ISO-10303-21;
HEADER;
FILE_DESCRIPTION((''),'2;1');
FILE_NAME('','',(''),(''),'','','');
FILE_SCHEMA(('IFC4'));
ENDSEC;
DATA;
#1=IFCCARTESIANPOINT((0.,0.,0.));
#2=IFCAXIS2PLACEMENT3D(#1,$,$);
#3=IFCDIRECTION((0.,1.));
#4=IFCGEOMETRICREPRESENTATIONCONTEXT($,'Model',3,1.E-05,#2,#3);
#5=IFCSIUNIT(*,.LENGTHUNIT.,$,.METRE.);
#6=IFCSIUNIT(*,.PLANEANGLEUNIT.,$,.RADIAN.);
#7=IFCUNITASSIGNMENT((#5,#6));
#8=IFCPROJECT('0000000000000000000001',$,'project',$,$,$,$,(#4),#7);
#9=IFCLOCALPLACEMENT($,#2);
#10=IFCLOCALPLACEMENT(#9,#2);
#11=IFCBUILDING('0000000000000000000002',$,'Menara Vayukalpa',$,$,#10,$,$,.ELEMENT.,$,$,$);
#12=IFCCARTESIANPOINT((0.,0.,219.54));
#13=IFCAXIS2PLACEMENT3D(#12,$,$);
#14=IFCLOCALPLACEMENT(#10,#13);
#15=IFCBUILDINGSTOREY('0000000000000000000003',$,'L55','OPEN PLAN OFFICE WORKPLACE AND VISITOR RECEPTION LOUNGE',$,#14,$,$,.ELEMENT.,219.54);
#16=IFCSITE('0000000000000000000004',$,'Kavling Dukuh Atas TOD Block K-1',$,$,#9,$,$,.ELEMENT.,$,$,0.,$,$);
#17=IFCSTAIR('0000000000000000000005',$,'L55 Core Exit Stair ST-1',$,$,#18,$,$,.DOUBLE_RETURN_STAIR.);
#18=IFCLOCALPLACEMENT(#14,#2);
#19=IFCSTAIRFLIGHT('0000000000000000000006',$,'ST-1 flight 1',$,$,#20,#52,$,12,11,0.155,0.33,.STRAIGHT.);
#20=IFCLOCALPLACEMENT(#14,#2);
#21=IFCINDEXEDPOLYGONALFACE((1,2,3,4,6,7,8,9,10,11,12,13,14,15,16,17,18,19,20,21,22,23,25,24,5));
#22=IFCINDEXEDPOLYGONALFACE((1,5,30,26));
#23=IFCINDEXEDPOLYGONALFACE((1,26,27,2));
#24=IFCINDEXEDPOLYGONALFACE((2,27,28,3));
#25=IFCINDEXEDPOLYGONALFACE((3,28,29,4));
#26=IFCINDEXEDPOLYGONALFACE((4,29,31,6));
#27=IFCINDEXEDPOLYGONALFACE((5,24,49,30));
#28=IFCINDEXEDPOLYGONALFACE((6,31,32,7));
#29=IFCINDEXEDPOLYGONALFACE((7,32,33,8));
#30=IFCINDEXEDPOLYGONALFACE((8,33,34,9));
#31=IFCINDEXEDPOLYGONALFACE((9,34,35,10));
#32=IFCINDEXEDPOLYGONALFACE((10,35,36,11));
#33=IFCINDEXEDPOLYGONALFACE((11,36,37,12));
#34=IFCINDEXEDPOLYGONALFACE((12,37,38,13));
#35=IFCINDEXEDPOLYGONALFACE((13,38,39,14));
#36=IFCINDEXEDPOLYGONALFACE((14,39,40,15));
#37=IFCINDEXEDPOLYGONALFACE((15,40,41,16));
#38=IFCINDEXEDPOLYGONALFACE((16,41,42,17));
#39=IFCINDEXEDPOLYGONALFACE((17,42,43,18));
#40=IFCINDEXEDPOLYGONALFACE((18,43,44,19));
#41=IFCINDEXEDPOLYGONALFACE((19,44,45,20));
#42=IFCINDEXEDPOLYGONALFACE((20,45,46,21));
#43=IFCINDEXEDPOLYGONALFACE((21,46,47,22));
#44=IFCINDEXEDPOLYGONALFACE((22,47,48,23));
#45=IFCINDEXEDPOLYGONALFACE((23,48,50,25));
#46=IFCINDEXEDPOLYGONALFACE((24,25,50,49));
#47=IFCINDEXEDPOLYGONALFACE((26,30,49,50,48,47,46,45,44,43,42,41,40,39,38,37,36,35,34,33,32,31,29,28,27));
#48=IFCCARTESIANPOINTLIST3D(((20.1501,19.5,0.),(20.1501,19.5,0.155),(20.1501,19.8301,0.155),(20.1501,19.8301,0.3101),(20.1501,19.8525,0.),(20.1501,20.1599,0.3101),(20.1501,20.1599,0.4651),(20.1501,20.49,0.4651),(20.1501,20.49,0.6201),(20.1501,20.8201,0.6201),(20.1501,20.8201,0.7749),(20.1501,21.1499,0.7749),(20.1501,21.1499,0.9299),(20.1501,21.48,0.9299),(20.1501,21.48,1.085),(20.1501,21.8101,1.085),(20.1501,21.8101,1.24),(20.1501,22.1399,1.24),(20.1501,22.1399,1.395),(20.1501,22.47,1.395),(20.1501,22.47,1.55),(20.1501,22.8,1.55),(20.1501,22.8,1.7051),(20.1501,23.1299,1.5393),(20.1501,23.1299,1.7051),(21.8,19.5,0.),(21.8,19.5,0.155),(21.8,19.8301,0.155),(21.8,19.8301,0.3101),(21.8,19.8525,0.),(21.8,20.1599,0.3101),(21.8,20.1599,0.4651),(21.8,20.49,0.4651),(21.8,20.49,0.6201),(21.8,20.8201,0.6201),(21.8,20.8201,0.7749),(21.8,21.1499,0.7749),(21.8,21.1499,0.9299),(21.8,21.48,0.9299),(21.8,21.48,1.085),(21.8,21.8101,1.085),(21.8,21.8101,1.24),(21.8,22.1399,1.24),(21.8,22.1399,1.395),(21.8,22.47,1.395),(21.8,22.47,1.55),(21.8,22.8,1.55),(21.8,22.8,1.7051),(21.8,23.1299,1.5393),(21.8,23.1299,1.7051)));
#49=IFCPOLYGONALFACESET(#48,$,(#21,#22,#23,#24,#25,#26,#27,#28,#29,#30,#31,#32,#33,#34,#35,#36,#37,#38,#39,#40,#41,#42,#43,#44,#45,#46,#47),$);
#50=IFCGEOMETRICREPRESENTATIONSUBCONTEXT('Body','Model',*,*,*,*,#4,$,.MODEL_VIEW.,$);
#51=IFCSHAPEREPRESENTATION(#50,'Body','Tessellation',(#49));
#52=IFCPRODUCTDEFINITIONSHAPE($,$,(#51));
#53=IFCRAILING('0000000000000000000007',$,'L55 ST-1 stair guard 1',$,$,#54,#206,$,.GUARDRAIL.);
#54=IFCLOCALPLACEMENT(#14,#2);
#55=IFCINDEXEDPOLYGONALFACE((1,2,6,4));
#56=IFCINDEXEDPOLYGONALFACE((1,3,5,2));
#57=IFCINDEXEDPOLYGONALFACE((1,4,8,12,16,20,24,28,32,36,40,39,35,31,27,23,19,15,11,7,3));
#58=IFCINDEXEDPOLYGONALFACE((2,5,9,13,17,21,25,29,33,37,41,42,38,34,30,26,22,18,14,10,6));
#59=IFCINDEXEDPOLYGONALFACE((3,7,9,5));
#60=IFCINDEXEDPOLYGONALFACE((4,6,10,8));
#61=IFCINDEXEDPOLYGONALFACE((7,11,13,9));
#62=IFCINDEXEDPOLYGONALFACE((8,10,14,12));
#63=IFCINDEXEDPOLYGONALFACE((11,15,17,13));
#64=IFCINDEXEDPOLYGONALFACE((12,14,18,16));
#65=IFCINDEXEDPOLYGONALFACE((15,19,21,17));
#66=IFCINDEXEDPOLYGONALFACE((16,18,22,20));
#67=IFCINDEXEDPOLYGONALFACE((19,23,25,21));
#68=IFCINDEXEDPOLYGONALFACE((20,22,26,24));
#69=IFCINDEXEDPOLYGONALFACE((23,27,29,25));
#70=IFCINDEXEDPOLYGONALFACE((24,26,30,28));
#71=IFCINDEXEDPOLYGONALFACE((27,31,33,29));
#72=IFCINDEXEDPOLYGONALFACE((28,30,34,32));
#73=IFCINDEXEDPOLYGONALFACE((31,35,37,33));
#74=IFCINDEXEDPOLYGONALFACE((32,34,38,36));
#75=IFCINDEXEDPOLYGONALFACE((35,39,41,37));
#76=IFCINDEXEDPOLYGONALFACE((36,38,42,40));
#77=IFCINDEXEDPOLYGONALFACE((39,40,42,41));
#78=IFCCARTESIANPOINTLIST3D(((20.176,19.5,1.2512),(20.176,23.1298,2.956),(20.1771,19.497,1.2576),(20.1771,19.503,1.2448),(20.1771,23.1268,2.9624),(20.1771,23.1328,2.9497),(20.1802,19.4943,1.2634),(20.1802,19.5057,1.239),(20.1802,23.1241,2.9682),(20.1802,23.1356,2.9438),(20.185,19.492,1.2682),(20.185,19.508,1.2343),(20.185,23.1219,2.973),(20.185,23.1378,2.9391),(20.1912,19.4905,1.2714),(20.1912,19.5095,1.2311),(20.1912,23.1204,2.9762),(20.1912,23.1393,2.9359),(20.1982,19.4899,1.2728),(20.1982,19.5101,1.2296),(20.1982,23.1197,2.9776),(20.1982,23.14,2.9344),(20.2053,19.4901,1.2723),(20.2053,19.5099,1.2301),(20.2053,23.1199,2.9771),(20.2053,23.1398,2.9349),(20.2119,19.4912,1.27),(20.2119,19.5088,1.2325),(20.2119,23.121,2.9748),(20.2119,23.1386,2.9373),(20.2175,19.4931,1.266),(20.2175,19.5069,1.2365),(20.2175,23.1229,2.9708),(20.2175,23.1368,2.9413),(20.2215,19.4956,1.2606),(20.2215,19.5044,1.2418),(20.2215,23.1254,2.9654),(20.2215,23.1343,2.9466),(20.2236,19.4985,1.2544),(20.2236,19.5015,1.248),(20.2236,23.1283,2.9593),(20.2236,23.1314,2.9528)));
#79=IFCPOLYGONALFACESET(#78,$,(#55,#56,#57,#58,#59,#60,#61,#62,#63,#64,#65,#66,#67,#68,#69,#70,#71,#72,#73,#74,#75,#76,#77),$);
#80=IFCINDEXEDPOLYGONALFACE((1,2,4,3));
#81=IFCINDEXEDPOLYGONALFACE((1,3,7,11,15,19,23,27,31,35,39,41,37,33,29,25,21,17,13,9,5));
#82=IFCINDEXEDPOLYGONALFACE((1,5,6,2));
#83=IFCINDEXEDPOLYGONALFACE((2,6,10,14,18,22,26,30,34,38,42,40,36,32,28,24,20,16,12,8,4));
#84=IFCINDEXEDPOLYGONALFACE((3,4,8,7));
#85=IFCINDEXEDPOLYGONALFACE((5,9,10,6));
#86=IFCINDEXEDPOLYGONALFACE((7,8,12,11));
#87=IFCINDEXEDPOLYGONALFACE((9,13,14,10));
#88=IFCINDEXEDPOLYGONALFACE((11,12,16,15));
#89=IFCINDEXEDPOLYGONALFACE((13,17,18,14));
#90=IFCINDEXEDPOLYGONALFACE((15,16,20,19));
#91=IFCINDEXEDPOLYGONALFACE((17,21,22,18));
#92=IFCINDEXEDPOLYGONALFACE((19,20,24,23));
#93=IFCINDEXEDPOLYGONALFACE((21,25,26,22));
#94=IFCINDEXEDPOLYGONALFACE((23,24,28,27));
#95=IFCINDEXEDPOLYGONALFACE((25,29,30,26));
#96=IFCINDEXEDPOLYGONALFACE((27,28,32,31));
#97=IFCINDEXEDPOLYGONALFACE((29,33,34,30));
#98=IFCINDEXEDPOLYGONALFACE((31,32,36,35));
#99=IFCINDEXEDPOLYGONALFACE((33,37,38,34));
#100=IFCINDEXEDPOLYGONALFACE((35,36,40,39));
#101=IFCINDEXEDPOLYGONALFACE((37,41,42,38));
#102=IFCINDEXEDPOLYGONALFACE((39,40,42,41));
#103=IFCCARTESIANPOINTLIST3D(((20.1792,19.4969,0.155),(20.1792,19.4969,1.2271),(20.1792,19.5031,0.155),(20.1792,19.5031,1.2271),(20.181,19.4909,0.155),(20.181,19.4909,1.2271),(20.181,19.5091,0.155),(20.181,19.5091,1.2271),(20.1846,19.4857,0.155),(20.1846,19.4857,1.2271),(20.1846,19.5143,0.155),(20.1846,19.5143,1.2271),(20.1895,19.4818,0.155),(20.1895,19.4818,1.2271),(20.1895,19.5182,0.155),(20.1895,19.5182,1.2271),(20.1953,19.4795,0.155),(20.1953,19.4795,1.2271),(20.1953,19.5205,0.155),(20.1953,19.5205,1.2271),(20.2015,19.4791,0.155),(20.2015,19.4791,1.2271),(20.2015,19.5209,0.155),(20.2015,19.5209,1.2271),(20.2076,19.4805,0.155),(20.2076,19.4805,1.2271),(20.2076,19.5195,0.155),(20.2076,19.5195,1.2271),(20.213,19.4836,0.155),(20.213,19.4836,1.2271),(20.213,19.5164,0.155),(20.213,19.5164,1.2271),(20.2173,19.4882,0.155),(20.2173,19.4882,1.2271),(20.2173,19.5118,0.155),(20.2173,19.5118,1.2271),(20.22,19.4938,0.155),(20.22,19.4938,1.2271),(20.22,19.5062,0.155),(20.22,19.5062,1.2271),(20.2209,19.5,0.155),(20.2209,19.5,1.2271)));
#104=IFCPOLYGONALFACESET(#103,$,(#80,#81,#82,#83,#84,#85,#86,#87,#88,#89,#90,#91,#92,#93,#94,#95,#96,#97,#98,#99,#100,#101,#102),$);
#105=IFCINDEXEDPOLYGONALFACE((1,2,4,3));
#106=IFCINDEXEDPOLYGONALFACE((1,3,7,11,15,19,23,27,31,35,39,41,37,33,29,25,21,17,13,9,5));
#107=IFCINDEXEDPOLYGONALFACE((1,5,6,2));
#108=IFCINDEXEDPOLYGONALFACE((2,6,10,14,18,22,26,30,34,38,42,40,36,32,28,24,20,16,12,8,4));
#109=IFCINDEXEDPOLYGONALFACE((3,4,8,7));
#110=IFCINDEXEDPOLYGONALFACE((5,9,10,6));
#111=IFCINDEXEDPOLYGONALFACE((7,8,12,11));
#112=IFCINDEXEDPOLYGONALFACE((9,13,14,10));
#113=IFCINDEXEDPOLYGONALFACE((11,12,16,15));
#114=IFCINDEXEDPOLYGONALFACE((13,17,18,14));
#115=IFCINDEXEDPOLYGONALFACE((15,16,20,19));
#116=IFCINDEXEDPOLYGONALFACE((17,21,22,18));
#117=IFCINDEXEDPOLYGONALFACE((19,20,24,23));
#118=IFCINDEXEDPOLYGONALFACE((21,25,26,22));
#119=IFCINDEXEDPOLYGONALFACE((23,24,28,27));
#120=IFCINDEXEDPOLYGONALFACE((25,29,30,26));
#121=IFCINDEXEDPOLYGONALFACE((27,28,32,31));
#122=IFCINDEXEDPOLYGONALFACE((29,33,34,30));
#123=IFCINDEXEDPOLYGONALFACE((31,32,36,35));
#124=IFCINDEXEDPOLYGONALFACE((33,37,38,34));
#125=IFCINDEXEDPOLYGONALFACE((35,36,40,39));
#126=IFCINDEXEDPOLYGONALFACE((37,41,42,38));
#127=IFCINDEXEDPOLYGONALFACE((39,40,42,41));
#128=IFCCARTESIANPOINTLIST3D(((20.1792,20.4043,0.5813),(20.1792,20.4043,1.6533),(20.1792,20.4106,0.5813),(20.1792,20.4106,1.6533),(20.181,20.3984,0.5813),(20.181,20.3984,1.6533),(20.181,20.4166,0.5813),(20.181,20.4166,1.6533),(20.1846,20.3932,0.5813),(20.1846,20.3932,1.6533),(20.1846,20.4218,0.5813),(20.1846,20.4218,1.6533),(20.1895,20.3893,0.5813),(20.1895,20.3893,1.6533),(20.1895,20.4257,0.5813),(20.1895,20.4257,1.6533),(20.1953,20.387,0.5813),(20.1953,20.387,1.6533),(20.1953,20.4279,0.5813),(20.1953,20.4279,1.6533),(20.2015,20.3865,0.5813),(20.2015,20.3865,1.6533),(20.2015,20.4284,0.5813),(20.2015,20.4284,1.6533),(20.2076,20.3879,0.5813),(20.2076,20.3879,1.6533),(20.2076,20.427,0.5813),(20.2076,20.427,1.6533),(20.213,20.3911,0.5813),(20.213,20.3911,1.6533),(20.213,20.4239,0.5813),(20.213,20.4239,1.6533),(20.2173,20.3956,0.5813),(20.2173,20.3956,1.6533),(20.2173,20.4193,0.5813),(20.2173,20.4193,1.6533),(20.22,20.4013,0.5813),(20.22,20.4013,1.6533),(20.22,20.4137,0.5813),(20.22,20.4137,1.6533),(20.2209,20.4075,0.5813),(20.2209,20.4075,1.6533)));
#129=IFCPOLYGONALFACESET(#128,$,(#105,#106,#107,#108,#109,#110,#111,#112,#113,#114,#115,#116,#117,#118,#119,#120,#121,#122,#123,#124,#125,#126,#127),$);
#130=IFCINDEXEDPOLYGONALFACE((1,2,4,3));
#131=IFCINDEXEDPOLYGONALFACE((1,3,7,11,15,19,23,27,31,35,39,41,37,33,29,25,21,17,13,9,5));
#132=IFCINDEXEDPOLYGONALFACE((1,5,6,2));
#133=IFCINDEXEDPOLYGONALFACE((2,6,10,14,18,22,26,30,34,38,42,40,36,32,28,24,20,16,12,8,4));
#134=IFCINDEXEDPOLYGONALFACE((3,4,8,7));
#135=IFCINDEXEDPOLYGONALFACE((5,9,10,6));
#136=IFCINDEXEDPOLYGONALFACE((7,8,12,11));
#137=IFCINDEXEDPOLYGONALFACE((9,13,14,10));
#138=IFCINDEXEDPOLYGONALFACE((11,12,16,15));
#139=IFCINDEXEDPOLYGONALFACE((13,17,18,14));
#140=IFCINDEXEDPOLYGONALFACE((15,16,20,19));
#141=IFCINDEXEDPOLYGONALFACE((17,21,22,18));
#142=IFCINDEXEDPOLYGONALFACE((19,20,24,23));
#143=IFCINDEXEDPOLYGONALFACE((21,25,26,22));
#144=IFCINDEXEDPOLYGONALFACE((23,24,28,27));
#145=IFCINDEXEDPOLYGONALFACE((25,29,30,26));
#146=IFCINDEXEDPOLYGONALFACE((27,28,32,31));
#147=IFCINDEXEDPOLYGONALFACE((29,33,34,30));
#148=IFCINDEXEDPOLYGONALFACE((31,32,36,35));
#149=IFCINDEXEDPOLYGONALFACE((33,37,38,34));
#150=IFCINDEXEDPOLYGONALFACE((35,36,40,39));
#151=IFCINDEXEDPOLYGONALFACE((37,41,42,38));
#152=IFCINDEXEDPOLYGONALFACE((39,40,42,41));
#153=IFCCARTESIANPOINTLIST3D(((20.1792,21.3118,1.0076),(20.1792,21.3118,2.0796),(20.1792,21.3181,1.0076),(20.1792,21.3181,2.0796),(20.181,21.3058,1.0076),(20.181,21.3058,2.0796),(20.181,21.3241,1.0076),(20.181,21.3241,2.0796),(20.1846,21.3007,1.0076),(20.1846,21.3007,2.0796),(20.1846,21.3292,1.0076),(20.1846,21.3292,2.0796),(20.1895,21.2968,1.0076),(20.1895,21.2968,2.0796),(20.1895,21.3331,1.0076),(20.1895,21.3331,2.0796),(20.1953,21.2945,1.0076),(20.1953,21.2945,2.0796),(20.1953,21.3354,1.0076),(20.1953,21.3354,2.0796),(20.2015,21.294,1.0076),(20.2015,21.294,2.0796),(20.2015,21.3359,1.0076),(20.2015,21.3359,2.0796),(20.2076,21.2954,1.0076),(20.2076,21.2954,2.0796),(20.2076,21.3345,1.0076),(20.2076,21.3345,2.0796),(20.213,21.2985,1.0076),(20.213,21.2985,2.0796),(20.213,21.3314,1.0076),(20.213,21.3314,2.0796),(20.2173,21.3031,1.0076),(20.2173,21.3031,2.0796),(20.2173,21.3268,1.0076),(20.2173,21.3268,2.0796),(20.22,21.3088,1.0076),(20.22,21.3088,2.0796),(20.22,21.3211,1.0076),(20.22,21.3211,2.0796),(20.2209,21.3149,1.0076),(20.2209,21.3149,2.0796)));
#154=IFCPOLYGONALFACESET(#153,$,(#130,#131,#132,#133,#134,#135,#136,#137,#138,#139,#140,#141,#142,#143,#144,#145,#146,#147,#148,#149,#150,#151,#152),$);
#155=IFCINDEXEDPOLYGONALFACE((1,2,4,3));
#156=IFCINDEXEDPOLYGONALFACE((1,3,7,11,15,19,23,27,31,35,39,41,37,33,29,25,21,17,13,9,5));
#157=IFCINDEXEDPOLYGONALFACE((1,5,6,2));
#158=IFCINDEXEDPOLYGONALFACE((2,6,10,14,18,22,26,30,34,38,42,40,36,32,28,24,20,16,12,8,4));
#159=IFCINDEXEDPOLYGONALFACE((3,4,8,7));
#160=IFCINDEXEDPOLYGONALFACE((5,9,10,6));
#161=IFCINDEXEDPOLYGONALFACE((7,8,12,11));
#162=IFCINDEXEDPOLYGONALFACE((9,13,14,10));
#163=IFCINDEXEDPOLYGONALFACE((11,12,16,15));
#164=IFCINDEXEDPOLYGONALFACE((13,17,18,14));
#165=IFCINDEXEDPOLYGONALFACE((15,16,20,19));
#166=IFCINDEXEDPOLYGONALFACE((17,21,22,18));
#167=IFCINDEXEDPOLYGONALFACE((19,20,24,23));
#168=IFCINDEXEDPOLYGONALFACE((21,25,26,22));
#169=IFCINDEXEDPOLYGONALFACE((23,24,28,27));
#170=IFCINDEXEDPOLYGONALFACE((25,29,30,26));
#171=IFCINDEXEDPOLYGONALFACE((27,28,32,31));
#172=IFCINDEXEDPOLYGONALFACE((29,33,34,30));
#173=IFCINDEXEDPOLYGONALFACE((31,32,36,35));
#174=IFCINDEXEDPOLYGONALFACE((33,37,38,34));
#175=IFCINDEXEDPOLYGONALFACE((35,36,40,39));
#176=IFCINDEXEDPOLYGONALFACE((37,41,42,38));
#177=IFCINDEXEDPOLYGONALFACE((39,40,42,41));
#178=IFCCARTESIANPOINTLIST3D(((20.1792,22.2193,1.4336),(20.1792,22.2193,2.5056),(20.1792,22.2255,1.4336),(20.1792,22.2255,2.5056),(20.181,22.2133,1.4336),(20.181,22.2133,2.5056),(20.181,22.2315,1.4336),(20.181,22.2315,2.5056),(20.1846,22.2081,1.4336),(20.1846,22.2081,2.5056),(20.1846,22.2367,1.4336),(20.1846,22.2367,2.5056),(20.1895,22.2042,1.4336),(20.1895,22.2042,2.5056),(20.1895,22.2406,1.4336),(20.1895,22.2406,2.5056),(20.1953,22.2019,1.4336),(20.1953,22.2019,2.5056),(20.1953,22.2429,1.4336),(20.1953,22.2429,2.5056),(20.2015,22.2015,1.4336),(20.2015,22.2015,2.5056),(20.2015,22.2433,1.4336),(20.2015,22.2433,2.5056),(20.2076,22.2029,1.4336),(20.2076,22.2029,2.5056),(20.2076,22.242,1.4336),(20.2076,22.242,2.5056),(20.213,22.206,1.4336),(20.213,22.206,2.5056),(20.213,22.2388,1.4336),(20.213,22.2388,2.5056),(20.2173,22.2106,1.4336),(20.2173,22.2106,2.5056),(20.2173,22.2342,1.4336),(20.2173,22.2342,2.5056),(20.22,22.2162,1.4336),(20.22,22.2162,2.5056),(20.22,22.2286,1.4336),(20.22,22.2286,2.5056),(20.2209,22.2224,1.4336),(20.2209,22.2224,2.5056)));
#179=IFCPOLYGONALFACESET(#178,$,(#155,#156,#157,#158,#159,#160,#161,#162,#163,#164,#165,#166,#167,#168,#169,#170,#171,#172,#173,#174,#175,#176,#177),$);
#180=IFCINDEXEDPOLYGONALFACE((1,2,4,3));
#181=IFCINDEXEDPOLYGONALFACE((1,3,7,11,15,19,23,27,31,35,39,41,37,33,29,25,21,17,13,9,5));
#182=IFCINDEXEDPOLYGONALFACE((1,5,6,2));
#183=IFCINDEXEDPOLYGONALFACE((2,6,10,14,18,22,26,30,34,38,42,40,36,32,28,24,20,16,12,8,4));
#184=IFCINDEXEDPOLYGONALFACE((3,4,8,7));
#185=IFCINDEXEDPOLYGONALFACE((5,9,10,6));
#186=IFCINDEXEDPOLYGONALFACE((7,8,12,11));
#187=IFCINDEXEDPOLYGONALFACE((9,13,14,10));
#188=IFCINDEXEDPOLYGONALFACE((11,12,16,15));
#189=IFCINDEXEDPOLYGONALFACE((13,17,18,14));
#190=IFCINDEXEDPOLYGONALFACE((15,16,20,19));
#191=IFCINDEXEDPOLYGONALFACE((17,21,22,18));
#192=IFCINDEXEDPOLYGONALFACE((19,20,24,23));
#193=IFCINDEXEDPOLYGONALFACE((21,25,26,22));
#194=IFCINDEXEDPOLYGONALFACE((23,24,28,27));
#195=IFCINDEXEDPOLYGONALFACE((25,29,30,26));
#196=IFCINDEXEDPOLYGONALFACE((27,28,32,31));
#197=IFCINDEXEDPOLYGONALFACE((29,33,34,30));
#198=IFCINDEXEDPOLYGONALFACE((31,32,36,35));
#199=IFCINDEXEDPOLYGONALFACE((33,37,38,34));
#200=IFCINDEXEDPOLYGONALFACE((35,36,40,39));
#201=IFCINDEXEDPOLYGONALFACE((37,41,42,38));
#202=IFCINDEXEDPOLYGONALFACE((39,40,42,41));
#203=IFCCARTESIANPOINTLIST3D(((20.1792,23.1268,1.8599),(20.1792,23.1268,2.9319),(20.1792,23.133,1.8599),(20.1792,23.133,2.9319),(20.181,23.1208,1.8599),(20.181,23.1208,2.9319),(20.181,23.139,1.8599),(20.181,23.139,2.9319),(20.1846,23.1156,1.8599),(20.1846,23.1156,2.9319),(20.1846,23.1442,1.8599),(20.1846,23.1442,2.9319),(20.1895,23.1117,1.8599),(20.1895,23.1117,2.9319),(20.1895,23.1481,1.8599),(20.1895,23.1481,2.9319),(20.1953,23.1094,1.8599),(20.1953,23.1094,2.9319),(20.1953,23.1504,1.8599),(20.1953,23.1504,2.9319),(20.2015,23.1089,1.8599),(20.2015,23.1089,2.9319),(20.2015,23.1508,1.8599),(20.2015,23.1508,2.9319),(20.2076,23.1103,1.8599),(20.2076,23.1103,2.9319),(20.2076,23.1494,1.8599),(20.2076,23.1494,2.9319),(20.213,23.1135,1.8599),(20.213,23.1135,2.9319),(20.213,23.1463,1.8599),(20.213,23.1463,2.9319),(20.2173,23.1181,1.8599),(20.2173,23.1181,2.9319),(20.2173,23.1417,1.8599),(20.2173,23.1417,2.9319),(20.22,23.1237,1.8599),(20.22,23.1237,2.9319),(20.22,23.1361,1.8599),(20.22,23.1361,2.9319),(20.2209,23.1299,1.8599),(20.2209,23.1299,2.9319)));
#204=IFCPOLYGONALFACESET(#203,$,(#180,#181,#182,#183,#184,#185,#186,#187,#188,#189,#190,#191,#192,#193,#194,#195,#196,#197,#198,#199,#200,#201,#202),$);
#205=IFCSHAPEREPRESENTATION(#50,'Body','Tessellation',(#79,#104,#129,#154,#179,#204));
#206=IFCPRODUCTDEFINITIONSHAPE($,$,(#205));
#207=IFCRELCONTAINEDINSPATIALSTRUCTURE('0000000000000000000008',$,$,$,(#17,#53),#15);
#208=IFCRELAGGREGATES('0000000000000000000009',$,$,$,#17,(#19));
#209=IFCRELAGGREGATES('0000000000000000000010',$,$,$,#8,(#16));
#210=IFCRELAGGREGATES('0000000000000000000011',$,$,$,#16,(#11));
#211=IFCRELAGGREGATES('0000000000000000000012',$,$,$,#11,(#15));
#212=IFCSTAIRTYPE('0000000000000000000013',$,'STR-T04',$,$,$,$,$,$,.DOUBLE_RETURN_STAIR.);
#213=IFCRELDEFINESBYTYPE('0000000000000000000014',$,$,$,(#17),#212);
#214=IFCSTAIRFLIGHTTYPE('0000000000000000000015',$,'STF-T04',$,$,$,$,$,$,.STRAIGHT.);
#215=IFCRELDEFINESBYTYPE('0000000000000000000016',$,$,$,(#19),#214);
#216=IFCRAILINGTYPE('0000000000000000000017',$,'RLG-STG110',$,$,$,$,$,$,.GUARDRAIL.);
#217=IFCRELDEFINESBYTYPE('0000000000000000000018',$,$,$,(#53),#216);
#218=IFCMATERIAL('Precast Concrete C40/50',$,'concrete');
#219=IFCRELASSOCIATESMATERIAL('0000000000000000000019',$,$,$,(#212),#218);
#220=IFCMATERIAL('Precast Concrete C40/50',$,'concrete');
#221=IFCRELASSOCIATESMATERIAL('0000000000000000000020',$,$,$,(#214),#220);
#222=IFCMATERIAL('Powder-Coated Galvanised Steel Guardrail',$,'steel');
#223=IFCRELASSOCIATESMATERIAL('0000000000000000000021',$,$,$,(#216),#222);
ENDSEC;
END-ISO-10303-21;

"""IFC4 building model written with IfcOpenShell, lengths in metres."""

from ifc_helpers import new_model, si_unit, direction, frame, origin, origin_2d, place, context, subcontext, project, spatial, polyline, circle, outline, extrude, material, type_object, element, aggregate, save


model = new_model("IFC4")

# Units and contexts
model_context = context("Model", 3, precision=1e-05, world=origin(), true_north=direction((0.0, 1.0)))
body_context = subcontext(model_context, "Body", "Model", "MODEL_VIEW")
ifc_project = project(units=[si_unit("LENGTHUNIT", "METRE"), si_unit("PLANEANGLEUNIT", "RADIAN")], contexts=[model_context])

# Site, building, storey
site_placement = place(None, origin())
site = spatial("IfcSite", under=ifc_project, at=site_placement, Name="Kavling Dukuh Atas TOD Block K-1", CompositionType="ELEMENT", RefElevation=0.0)
building_placement = place(site_placement, origin())
building = spatial("IfcBuilding", under=site, at=building_placement, Name="Menara Vayukalpa", CompositionType="ELEMENT")
storey_placement = place(building_placement, frame((0.0, 0.0, 219.54)))
storey = spatial("IfcBuildingStorey", under=building, at=storey_placement, Name="L55", Description="OPEN PLAN OFFICE WORKPLACE AND VISITOR RECEPTION LOUNGE", CompositionType="ELEMENT", Elevation=219.54)

# Stair, stair flight
ifc_material_1 = material(Name="Precast Concrete C40/50", Category="concrete")
stair_type = type_object("IfcStairType", Name="STR-T04", PredefinedType="DOUBLE_RETURN_STAIR", material=ifc_material_1)
stair_placement = place(storey_placement, origin())
stair = element("IfcStair", 1, at=stair_placement, inside=storey, type_object=stair_type, Name="L55 Core Exit Stair ST-1", PredefinedType="DOUBLE_RETURN_STAIR")
ifc_material_2 = material(Name="Precast Concrete C40/50", Category="concrete")
stair_flight_type = type_object("IfcStairFlightType", Name="STF-T04", PredefinedType="STRAIGHT", material=ifc_material_2)
stair_flight_placement = place(storey_placement, frame((20.9751, 19.5, 0.0), z_axis=(0.0, 0.0, 1.0), x_axis=(0.0, 1.0, 0.0)))
stair_flight = element("IfcStairFlight", 2, at=stair_flight_placement, type_object=stair_flight_type, Name="ST-1 flight 1", NumberOfRisers=12, NumberOfTreads=11, PredefinedType="STRAIGHT", RiserHeight=0.155, TreadLength=0.33, context=body_context, shape_type="SweptSolid", body=[
    extrude(outline(polyline([(0.0, 0.0), (0.0, 0.155), (0.3301, 0.155), (0.3301, 0.3101), (0.6599, 0.3101), (0.6599, 0.4651), (0.99, 0.4651), (0.99, 0.6201), (1.3201, 0.6201), (1.3201, 0.7749), (1.6499, 0.7749), (1.6499, 0.9299), (1.98, 0.9299), (1.98, 1.085), (2.3101, 1.085), (2.3101, 1.24), (2.6399, 1.24), (2.6399, 1.395), (2.97, 1.395), (2.97, 1.55), (3.3, 1.55), (3.3, 1.7051), (3.6299, 1.7051), (3.6299, 1.8601), (3.6299, 1.5393), (0.3525, 0.0), (0.0, 0.0)])), frame((0.0, 0.825, 0.0), z_axis=(0.0, -1.0, 0.0), x_axis=(1.0, 0.0, 0.0)), (0.0, 0.0, 1.0), 1.6499),
])
aggregate(stair, [stair_flight])

# Railing
ifc_material_3 = material(Name="Powder-Coated Galvanised Steel Guardrail", Category="steel")
railing_type_1 = type_object("IfcRailingType", Name="RLG-STG110", PredefinedType="GUARDRAIL", material=ifc_material_3)
railing_1_placement = place(storey_placement, frame((20.2, 19.5, 0.155)))
element("IfcRailing", 3, at=railing_1_placement, inside=storey, type_object=railing_type_1, Name="L55 ST-1 stair guard 1", PredefinedType="GUARDRAIL", context=body_context, shape_type="SweptSolid", body=[
    extrude(circle(Radius=0.0239, at=origin_2d()), frame((0.0, 0.0, 1.0962), z_axis=(0.0, 0.90514, 0.425114), x_axis=(-1.0, 0.0, 0.0)), (0.0, 0.0, 1.0), 4.0103),
    extrude(circle(Radius=0.021, at=origin_2d()), origin(), (0.0, 0.0, 1.0), 1.072),
    extrude(circle(Radius=0.021, at=origin_2d()), frame((0.0, 0.9075, 0.4263)), (0.0, 0.0, 1.0), 1.072),
    extrude(circle(Radius=0.021, at=origin_2d()), frame((0.0, 1.8149, 0.8525)), (0.0, 0.0, 1.0), 1.072),
    extrude(circle(Radius=0.021, at=origin_2d()), frame((0.0, 2.7224, 1.2786)), (0.0, 0.0, 1.0), 1.072),
    extrude(circle(Radius=0.021, at=origin_2d()), frame((0.0, 3.6299, 1.7048)), (0.0, 0.0, 1.0), 1.072),
])

save(model, "model.ifc")
